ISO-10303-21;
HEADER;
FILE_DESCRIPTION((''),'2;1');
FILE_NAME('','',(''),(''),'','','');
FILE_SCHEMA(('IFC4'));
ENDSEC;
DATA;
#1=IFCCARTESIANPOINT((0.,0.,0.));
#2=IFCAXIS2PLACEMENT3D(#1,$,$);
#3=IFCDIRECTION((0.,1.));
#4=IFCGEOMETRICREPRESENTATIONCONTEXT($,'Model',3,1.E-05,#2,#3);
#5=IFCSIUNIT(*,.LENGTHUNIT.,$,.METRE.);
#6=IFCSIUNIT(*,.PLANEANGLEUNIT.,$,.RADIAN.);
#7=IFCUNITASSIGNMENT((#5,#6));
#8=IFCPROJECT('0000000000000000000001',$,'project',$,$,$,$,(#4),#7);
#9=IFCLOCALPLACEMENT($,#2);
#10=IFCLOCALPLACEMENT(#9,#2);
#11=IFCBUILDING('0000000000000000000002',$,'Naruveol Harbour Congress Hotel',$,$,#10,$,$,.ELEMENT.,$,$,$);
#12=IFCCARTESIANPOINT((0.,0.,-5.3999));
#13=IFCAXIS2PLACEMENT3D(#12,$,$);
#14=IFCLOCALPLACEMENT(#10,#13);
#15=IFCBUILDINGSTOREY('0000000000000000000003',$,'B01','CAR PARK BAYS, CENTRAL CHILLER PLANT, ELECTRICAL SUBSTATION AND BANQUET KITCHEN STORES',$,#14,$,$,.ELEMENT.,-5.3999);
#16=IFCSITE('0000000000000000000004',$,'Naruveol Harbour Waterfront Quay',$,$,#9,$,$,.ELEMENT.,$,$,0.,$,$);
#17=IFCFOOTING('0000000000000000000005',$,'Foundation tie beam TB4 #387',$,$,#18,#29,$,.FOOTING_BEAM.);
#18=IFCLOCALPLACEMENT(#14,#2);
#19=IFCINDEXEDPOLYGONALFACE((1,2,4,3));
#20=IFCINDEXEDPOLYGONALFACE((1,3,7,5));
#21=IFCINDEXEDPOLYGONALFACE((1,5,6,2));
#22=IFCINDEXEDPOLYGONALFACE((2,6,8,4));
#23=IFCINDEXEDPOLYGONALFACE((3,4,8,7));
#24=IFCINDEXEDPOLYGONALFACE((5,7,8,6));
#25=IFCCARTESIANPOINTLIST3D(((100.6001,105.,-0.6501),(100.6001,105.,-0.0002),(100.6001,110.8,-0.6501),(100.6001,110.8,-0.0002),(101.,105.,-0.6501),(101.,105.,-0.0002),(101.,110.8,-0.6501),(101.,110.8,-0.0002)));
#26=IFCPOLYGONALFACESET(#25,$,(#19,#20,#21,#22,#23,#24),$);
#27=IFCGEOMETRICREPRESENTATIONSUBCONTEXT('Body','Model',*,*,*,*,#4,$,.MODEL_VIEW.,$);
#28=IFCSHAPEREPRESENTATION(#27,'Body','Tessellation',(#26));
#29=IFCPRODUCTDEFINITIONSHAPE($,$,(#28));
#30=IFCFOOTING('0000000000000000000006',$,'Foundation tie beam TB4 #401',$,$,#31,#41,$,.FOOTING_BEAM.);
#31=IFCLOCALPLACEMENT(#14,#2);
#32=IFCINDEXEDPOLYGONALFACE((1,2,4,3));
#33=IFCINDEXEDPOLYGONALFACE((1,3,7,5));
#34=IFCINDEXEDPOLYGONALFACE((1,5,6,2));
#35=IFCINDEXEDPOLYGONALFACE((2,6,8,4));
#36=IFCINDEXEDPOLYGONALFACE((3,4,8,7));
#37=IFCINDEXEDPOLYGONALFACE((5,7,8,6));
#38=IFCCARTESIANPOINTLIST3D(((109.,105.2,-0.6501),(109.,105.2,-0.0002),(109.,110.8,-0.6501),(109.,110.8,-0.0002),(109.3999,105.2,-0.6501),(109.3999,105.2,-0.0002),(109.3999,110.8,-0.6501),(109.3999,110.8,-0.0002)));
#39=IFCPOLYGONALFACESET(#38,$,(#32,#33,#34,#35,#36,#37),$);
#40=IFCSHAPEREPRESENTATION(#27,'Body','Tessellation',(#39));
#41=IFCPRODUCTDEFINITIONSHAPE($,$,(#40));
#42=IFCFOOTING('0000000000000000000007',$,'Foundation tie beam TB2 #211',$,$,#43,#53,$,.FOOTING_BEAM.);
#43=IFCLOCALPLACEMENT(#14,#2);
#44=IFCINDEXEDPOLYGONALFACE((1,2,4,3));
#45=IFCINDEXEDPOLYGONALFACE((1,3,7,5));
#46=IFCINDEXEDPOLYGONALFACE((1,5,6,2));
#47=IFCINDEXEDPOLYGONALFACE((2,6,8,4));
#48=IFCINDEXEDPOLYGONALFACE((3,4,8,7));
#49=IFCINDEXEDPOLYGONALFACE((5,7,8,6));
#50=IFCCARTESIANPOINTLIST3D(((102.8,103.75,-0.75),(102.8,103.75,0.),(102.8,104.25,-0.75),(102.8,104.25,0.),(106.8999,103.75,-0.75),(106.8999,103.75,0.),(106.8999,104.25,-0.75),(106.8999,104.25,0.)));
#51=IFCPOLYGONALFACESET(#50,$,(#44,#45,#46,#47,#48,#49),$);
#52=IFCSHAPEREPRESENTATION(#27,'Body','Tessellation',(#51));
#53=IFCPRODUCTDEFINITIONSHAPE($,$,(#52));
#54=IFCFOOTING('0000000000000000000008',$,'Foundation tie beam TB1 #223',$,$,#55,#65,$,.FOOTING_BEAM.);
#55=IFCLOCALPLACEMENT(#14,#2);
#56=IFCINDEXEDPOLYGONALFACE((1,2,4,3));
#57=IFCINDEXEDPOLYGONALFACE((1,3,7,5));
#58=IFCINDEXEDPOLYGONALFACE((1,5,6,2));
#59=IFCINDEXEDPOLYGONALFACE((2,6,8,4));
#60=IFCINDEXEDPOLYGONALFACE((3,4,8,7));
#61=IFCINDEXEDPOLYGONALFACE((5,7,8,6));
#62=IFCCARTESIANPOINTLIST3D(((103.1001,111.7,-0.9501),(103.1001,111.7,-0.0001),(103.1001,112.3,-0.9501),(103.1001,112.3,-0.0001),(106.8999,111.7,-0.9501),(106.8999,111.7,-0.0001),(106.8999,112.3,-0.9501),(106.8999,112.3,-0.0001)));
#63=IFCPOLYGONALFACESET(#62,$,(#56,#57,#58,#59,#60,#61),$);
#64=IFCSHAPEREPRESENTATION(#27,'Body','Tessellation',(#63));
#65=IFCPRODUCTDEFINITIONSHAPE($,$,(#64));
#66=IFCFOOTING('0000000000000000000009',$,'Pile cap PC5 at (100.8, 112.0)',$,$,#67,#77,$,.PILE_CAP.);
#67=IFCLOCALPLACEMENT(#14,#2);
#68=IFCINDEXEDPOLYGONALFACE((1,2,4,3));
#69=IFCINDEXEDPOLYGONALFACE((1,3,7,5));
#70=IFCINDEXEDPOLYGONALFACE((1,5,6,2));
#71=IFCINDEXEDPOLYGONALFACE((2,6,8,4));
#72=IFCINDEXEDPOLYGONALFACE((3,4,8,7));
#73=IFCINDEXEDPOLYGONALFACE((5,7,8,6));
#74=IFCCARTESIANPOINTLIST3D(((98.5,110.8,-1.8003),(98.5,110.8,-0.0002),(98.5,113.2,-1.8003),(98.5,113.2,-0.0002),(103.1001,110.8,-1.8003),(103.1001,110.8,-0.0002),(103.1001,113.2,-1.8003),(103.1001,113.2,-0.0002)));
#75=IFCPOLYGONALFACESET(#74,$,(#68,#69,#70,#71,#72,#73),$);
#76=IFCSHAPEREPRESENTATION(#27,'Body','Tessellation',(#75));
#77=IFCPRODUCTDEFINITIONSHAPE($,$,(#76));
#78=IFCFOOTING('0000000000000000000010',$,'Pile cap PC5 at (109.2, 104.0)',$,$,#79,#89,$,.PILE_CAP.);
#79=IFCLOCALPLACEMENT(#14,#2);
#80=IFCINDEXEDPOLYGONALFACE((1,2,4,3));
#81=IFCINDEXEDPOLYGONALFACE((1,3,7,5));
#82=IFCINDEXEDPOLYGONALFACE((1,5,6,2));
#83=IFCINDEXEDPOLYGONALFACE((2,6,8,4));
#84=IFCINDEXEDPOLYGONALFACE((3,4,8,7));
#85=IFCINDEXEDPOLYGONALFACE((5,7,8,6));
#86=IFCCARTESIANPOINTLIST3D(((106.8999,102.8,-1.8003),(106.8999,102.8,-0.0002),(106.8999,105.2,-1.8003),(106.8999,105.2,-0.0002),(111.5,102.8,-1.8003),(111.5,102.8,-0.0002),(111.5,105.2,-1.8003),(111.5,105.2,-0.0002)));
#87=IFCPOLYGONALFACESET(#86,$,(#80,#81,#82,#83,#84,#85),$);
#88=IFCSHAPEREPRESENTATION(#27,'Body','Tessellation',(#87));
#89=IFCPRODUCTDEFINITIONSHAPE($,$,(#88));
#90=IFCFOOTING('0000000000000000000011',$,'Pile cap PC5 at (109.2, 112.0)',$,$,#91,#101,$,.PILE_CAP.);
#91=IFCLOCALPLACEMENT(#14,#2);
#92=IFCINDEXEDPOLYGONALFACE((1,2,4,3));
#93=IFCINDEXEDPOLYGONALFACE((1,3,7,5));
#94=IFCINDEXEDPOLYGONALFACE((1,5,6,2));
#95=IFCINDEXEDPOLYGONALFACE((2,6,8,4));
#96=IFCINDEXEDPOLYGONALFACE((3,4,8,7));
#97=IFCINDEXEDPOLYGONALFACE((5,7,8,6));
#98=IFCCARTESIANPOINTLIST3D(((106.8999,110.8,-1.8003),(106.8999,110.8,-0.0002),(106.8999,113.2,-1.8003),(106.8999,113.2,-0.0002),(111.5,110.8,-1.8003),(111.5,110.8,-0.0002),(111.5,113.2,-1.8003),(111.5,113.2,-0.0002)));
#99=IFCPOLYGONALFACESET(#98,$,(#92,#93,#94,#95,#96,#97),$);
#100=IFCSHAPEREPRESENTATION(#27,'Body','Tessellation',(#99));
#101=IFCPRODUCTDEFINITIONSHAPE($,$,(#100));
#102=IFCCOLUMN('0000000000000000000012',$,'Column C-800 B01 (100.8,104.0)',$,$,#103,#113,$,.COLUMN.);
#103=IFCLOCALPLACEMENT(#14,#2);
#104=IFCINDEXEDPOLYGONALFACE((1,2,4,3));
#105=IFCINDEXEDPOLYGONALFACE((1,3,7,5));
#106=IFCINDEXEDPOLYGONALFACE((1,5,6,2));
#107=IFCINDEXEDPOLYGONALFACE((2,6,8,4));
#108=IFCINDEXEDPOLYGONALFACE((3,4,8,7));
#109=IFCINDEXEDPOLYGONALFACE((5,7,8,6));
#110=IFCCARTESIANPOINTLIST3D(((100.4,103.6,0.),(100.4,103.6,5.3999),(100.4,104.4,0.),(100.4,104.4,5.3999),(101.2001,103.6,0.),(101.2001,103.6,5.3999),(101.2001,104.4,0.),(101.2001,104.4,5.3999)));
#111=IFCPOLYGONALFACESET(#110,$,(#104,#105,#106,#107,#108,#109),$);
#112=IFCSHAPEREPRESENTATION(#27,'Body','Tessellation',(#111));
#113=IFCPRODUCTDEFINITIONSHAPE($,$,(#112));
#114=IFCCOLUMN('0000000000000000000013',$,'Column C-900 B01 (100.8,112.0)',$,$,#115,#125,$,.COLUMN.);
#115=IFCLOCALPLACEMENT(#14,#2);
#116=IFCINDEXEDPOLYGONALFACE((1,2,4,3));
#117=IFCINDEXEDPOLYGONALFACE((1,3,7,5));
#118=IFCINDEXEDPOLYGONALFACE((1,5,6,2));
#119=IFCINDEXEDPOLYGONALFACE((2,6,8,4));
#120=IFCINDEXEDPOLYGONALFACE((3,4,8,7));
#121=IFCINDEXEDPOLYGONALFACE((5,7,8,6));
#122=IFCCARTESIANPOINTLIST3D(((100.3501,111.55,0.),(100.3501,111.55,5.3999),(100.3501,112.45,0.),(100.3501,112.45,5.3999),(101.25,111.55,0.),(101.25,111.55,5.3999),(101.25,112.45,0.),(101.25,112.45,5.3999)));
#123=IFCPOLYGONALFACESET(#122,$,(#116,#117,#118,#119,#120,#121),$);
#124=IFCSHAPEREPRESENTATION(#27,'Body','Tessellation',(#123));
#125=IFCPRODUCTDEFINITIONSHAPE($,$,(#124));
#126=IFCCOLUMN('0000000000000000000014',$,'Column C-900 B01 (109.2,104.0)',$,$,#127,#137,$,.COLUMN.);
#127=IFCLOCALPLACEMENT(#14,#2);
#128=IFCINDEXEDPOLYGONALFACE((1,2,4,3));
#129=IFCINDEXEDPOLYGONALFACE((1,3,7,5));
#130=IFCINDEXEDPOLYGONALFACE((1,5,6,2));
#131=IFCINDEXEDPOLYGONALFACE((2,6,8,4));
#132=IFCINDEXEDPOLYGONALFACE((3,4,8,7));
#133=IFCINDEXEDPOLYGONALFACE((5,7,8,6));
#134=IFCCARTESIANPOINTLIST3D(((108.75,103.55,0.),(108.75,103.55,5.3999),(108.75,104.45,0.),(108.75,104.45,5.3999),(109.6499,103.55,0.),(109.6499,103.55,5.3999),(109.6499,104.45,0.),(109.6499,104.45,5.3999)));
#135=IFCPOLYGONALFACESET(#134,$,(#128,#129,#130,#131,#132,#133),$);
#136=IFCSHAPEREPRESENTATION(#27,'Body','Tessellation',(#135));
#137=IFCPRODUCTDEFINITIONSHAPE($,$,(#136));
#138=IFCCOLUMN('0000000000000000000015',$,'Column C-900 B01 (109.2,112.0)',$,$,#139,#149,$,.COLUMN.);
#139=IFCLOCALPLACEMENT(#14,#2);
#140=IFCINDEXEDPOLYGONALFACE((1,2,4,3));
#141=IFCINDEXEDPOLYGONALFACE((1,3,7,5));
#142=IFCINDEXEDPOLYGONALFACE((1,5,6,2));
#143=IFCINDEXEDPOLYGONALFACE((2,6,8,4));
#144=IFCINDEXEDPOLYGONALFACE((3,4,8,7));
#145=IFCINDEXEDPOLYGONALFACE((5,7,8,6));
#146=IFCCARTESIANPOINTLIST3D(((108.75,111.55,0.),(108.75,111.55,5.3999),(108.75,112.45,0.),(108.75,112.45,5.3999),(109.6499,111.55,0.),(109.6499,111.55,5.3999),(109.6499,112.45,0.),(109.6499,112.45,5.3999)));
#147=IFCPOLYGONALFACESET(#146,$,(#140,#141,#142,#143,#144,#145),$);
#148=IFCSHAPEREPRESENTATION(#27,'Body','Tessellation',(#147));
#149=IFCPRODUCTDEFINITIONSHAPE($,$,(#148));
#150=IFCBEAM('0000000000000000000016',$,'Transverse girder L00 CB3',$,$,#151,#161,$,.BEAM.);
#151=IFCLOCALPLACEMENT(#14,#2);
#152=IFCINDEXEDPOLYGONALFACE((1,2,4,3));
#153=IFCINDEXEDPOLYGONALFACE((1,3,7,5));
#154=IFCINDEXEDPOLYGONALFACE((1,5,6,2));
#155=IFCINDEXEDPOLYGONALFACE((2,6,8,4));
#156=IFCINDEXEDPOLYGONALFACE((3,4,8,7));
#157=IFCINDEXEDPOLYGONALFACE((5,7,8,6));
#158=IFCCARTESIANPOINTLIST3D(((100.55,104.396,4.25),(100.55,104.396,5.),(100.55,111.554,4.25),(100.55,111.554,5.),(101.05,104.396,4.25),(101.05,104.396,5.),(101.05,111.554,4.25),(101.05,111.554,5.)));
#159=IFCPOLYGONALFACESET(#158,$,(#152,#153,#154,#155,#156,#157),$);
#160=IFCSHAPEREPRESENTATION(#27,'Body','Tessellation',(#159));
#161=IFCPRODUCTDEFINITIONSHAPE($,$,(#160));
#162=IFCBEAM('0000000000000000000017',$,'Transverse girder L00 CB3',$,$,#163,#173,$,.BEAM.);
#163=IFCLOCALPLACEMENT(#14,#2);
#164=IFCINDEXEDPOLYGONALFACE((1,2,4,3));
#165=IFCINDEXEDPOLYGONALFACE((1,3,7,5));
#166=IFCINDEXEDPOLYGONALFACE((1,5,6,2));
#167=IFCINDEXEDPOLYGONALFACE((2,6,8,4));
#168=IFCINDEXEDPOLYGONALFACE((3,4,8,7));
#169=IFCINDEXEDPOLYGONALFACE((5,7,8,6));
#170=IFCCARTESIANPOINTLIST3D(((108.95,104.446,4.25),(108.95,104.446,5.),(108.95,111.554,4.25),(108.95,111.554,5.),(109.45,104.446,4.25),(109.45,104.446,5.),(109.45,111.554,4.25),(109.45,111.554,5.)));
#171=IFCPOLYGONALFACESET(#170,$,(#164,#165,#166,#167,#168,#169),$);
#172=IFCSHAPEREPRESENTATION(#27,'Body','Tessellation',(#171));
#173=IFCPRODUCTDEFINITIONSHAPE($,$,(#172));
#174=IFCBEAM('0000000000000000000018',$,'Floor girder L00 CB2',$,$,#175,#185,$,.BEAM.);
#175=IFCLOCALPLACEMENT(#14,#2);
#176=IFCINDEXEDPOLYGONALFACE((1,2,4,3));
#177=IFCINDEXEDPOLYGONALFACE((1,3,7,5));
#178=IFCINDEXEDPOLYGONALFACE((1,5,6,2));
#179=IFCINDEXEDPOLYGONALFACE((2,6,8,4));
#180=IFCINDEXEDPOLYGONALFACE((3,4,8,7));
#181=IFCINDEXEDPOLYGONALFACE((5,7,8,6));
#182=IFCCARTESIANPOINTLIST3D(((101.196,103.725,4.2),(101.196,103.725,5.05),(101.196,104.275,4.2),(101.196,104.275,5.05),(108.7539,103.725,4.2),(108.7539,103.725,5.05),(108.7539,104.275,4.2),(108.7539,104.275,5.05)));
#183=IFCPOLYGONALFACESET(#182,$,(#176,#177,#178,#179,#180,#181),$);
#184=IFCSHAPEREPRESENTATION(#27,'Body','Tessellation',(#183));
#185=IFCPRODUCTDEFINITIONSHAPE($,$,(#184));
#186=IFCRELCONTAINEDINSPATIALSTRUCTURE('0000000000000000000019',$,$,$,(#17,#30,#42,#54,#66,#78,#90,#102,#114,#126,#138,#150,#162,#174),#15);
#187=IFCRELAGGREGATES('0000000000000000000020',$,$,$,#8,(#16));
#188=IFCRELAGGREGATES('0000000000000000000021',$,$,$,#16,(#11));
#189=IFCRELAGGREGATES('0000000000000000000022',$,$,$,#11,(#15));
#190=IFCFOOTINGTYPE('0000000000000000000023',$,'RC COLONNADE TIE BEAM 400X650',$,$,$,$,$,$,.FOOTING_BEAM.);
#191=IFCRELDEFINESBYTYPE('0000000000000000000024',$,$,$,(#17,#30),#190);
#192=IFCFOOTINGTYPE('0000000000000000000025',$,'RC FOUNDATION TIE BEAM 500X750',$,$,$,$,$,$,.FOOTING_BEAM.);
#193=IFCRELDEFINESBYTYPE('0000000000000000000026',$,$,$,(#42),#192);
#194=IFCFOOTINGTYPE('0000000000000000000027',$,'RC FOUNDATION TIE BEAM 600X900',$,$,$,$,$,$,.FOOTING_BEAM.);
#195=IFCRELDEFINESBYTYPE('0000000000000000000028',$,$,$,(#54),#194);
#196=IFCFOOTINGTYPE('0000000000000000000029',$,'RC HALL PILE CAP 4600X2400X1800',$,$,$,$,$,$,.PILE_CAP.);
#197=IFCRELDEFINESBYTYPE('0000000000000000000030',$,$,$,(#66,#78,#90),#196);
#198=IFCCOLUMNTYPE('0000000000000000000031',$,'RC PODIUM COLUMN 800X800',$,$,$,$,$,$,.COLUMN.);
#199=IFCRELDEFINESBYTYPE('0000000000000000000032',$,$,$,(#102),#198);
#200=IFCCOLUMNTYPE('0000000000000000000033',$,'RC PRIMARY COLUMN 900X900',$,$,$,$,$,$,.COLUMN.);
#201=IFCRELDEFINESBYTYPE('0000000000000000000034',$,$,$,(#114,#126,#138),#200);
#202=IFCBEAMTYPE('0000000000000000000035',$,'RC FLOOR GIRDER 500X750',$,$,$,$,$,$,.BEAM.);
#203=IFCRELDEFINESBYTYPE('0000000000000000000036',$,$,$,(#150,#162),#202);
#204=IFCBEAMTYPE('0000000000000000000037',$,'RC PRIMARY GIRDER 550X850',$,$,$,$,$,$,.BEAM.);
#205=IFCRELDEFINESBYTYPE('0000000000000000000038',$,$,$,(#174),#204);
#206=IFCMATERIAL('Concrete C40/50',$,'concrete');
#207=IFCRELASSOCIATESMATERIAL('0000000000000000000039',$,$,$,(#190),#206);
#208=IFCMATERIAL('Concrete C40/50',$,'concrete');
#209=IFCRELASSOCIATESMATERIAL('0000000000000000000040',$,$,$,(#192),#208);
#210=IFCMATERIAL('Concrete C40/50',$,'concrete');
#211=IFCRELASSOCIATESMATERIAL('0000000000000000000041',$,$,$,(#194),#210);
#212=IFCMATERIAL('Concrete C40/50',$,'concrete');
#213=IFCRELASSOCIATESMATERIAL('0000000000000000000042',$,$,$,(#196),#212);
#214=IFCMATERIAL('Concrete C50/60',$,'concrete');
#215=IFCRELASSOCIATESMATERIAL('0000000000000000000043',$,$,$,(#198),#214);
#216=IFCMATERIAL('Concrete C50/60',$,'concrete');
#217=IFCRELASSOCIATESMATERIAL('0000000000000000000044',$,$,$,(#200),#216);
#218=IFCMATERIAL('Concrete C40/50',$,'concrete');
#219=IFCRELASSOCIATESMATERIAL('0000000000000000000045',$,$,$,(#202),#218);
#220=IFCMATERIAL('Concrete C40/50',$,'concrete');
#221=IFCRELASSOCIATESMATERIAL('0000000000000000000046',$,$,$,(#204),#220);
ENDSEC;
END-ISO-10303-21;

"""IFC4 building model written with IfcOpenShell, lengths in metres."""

from ifc_helpers import new_model, si_unit, direction, frame, origin, origin_2d, place, context, subcontext, project, spatial, rectangle, extrude, material, material_profile, profile_set, type_object, element, save


model = new_model("IFC4")

# Units and contexts
model_context = context("Model", 3, precision=1e-05, world=origin(), true_north=direction((0.0, 1.0)))
body_context = subcontext(model_context, "Body", "Model", "MODEL_VIEW")
ifc_project = project(units=[si_unit("LENGTHUNIT", "METRE"), si_unit("PLANEANGLEUNIT", "RADIAN")], contexts=[model_context])

# Site, building, storey
site_placement = place(None, origin())
site = spatial("IfcSite", under=ifc_project, at=site_placement, Name="Naruveol Harbour Waterfront Quay", CompositionType="ELEMENT", RefElevation=0.0)
building_placement = place(site_placement, origin())
building = spatial("IfcBuilding", under=site, at=building_placement, Name="Naruveol Harbour Congress Hotel", CompositionType="ELEMENT")
storey_placement = place(building_placement, frame((0.0, 0.0, -5.3999)))
storey = spatial("IfcBuildingStorey", under=building, at=storey_placement, Name="B01", Description="CAR PARK BAYS, CENTRAL CHILLER PLANT, ELECTRICAL SUBSTATION AND BANQUET KITCHEN STORES", CompositionType="ELEMENT", Elevation=-5.3999)

# Footings
ifc_material_1 = material(Name="Concrete C40/50", Category="concrete")
ifc_material_profile_1 = material_profile(ifc_material_1, rectangle(XDim=0.3999, YDim=0.6499, at=origin_2d()), Name="RCB-400x650")
ifc_profile_set_1 = profile_set([ifc_material_profile_1], Name="Concrete C40/50")
footing_type_1 = type_object("IfcFootingType", Name="RC COLONNADE TIE BEAM 400X650", PredefinedType="FOOTING_BEAM", material=ifc_profile_set_1)
footing_1_placement = place(storey_placement, frame((100.8, 105.0, -0.3252), z_axis=(0.0, 1.0, 0.0), x_axis=(-1.0, 0.0, 0.0)))
element("IfcFooting", 1, at=footing_1_placement, inside=storey, type_object=footing_type_1, Name="Foundation tie beam TB4 #387", PredefinedType="FOOTING_BEAM", context=body_context, shape_type="SweptSolid", body=[
    extrude(rectangle(XDim=0.3999, YDim=0.6499, at=origin_2d()), origin(), (0.0, 0.0, 1.0), 5.8),
])
footing_2_placement = place(storey_placement, frame((109.2, 105.2, -0.3252), z_axis=(0.0, 1.0, 0.0), x_axis=(-1.0, 0.0, 0.0)))
element("IfcFooting", 2, at=footing_2_placement, inside=storey, type_object=footing_type_1, Name="Foundation tie beam TB4 #401", PredefinedType="FOOTING_BEAM", context=body_context, shape_type="SweptSolid", body=[
    extrude(rectangle(XDim=0.3999, YDim=0.6499, at=origin_2d()), origin(), (0.0, 0.0, 1.0), 5.6001),
])
ifc_material_2 = material(Name="Concrete C40/50", Category="concrete")
ifc_material_profile_2 = material_profile(ifc_material_2, rectangle(XDim=0.5, YDim=0.75, at=origin_2d()), Name="RCB-500x750")
ifc_profile_set_2 = profile_set([ifc_material_profile_2], Name="Concrete C40/50")
footing_type_2 = type_object("IfcFootingType", Name="RC FOUNDATION TIE BEAM 500X750", PredefinedType="FOOTING_BEAM", material=ifc_profile_set_2)
footing_3_placement = place(storey_placement, frame((102.8, 104.0, -0.375), z_axis=(1.0, 0.0, 0.0), x_axis=(0.0, 1.0, 0.0)))
element("IfcFooting", 3, at=footing_3_placement, inside=storey, type_object=footing_type_2, Name="Foundation tie beam TB2 #211", PredefinedType="FOOTING_BEAM", context=body_context, shape_type="SweptSolid", body=[
    extrude(rectangle(XDim=0.5, YDim=0.75, at=origin_2d()), origin(), (0.0, 0.0, 1.0), 4.0999),
])
ifc_material_3 = material(Name="Concrete C40/50", Category="concrete")
ifc_material_profile_3 = material_profile(ifc_material_3, rectangle(XDim=0.6001, YDim=0.95, at=origin_2d()), Name="RCB-600x950")
ifc_profile_set_3 = profile_set([ifc_material_profile_3], Name="Concrete C40/50")
footing_type_3 = type_object("IfcFootingType", Name="RC FOUNDATION TIE BEAM 600X900", PredefinedType="FOOTING_BEAM", material=ifc_profile_set_3)
footing_4_placement = place(storey_placement, frame((103.1001, 112.0, -0.4751), z_axis=(1.0, 0.0, 0.0), x_axis=(0.0, 1.0, 0.0)))
element("IfcFooting", 4, at=footing_4_placement, inside=storey, type_object=footing_type_3, Name="Foundation tie beam TB1 #223", PredefinedType="FOOTING_BEAM", context=body_context, shape_type="SweptSolid", body=[
    extrude(rectangle(XDim=0.6001, YDim=0.95, at=origin_2d()), origin(), (0.0, 0.0, 1.0), 3.7998),
])
ifc_material_4 = material(Name="Concrete C40/50", Category="concrete")
footing_type_4 = type_object("IfcFootingType", Name="RC HALL PILE CAP 4600X2400X1800", PredefinedType="PILE_CAP", material=ifc_material_4)
for number, where, z_axis, x_axis, name in (
    (5, (100.8, 112.0, -1.8003), (0.0, 0.0, 1.0), (1.0, 0.0, 0.0), "Pile cap PC5 at (100.8, 112.0)"),
    (6, (109.2, 104.0, -1.8003), (0.0, 0.0, 1.0), (1.0, 0.0, 0.0), "Pile cap PC5 at (109.2, 104.0)"),
    (7, (109.2, 112.0, -1.8003), (0.0, 0.0, 1.0), (1.0, 0.0, 0.0), "Pile cap PC5 at (109.2, 112.0)"),
):
    element("IfcFooting", number, at=place(storey_placement, frame(where, z_axis=z_axis, x_axis=x_axis)), inside=storey, type_object=footing_type_4, Name=name, PredefinedType="PILE_CAP", context=body_context, shape_type="SweptSolid", body=[
        extrude(rectangle(XDim=4.6001, YDim=2.3999, at=origin_2d()), origin(), (0.0, 0.0, 1.0), 1.8),
    ])

# Columns
ifc_material_5 = material(Name="Concrete C50/60", Category="concrete")
ifc_material_profile_4 = material_profile(ifc_material_5, rectangle(XDim=0.8, YDim=0.8, at=origin_2d()), Name="RC-800x800")
ifc_profile_set_4 = profile_set([ifc_material_profile_4], Name="Concrete C50/60")
column_type_1 = type_object("IfcColumnType", Name="RC PODIUM COLUMN 800X800", PredefinedType="COLUMN", material=ifc_profile_set_4)
column_placement = place(storey_placement, frame((100.8, 104.0, 0.0), z_axis=(0.0, 0.0, 1.0), x_axis=(1.0, 0.0, 0.0)))
element("IfcColumn", 8, at=column_placement, inside=storey, type_object=column_type_1, Name="Column C-800 B01 (100.8,104.0)", PredefinedType="COLUMN", context=body_context, shape_type="SweptSolid", body=[
    extrude(rectangle(XDim=0.8, YDim=0.8, at=origin_2d()), origin(), (0.0, 0.0, 1.0), 5.3999),
])
ifc_material_6 = material(Name="Concrete C50/60", Category="concrete")
ifc_material_profile_5 = material_profile(ifc_material_6, rectangle(XDim=0.8999, YDim=0.8999, at=origin_2d()), Name="RC-900x900")
ifc_profile_set_5 = profile_set([ifc_material_profile_5], Name="Concrete C50/60")
column_type_2 = type_object("IfcColumnType", Name="RC PRIMARY COLUMN 900X900", PredefinedType="COLUMN", material=ifc_profile_set_5)
for number, where, z_axis, x_axis, name in (
    (9, (100.8, 112.0, 0.0), (0.0, 0.0, 1.0), (1.0, 0.0, 0.0), "Column C-900 B01 (100.8,112.0)"),
    (10, (109.2, 104.0, 0.0), (0.0, 0.0, 1.0), (1.0, 0.0, 0.0), "Column C-900 B01 (109.2,104.0)"),
    (11, (109.2, 112.0, 0.0), (0.0, 0.0, 1.0), (1.0, 0.0, 0.0), "Column C-900 B01 (109.2,112.0)"),
):
    element("IfcColumn", number, at=place(storey_placement, frame(where, z_axis=z_axis, x_axis=x_axis)), inside=storey, type_object=column_type_2, Name=name, PredefinedType="COLUMN", context=body_context, shape_type="SweptSolid", body=[
        extrude(rectangle(XDim=0.8999, YDim=0.8999, at=origin_2d()), origin(), (0.0, 0.0, 1.0), 5.3999),
    ])

# Beams
ifc_material_7 = material(Name="Concrete C40/50", Category="concrete")
ifc_material_profile_6 = material_profile(ifc_material_7, rectangle(XDim=0.5, YDim=0.75, at=origin_2d()), Name="RCB-500x750")
ifc_profile_set_6 = profile_set([ifc_material_profile_6], Name="Concrete C40/50")
beam_type_1 = type_object("IfcBeamType", Name="RC FLOOR GIRDER 500X750", PredefinedType="BEAM", material=ifc_profile_set_6)
beam_1_placement = place(storey_placement, frame((100.8, 104.396, 4.625), z_axis=(0.0, 1.0, 0.0), x_axis=(-1.0, 0.0, 0.0)))
element("IfcBeam", 12, at=beam_1_placement, inside=storey, type_object=beam_type_1, Name="Transverse girder L00 CB3", PredefinedType="BEAM", context=body_context, shape_type="SweptSolid", body=[
    extrude(rectangle(XDim=0.5, YDim=0.75, at=origin_2d()), origin(), (0.0, 0.0, 1.0), 7.158),
])
beam_2_placement = place(storey_placement, frame((109.2, 104.446, 4.625), z_axis=(0.0, 1.0, 0.0), x_axis=(-1.0, 0.0, 0.0)))
element("IfcBeam", 13, at=beam_2_placement, inside=storey, type_object=beam_type_1, Name="Transverse girder L00 CB3", PredefinedType="BEAM", context=body_context, shape_type="SweptSolid", body=[
    extrude(rectangle(XDim=0.5, YDim=0.75, at=origin_2d()), origin(), (0.0, 0.0, 1.0), 7.1079),
])
ifc_material_8 = material(Name="Concrete C40/50", Category="concrete")
ifc_material_profile_7 = material_profile(ifc_material_8, rectangle(XDim=0.55, YDim=0.8501, at=origin_2d()), Name="RCB-550x850")
ifc_profile_set_7 = profile_set([ifc_material_profile_7], Name="Concrete C40/50")
beam_type_2 = type_object("IfcBeamType", Name="RC PRIMARY GIRDER 550X850", PredefinedType="BEAM", material=ifc_profile_set_7)
beam_3_placement = place(storey_placement, frame((101.196, 104.0, 4.625), z_axis=(1.0, 0.0, 0.0), x_axis=(0.0, 1.0, 0.0)))
element("IfcBeam", 14, at=beam_3_placement, inside=storey, type_object=beam_type_2, Name="Floor girder L00 CB2", PredefinedType="BEAM", context=body_context, shape_type="SweptSolid", body=[
    extrude(rectangle(XDim=0.55, YDim=0.8501, at=origin_2d()), origin(), (0.0, 0.0, 1.0), 7.5579),
])

save(model, "model.ifc")
